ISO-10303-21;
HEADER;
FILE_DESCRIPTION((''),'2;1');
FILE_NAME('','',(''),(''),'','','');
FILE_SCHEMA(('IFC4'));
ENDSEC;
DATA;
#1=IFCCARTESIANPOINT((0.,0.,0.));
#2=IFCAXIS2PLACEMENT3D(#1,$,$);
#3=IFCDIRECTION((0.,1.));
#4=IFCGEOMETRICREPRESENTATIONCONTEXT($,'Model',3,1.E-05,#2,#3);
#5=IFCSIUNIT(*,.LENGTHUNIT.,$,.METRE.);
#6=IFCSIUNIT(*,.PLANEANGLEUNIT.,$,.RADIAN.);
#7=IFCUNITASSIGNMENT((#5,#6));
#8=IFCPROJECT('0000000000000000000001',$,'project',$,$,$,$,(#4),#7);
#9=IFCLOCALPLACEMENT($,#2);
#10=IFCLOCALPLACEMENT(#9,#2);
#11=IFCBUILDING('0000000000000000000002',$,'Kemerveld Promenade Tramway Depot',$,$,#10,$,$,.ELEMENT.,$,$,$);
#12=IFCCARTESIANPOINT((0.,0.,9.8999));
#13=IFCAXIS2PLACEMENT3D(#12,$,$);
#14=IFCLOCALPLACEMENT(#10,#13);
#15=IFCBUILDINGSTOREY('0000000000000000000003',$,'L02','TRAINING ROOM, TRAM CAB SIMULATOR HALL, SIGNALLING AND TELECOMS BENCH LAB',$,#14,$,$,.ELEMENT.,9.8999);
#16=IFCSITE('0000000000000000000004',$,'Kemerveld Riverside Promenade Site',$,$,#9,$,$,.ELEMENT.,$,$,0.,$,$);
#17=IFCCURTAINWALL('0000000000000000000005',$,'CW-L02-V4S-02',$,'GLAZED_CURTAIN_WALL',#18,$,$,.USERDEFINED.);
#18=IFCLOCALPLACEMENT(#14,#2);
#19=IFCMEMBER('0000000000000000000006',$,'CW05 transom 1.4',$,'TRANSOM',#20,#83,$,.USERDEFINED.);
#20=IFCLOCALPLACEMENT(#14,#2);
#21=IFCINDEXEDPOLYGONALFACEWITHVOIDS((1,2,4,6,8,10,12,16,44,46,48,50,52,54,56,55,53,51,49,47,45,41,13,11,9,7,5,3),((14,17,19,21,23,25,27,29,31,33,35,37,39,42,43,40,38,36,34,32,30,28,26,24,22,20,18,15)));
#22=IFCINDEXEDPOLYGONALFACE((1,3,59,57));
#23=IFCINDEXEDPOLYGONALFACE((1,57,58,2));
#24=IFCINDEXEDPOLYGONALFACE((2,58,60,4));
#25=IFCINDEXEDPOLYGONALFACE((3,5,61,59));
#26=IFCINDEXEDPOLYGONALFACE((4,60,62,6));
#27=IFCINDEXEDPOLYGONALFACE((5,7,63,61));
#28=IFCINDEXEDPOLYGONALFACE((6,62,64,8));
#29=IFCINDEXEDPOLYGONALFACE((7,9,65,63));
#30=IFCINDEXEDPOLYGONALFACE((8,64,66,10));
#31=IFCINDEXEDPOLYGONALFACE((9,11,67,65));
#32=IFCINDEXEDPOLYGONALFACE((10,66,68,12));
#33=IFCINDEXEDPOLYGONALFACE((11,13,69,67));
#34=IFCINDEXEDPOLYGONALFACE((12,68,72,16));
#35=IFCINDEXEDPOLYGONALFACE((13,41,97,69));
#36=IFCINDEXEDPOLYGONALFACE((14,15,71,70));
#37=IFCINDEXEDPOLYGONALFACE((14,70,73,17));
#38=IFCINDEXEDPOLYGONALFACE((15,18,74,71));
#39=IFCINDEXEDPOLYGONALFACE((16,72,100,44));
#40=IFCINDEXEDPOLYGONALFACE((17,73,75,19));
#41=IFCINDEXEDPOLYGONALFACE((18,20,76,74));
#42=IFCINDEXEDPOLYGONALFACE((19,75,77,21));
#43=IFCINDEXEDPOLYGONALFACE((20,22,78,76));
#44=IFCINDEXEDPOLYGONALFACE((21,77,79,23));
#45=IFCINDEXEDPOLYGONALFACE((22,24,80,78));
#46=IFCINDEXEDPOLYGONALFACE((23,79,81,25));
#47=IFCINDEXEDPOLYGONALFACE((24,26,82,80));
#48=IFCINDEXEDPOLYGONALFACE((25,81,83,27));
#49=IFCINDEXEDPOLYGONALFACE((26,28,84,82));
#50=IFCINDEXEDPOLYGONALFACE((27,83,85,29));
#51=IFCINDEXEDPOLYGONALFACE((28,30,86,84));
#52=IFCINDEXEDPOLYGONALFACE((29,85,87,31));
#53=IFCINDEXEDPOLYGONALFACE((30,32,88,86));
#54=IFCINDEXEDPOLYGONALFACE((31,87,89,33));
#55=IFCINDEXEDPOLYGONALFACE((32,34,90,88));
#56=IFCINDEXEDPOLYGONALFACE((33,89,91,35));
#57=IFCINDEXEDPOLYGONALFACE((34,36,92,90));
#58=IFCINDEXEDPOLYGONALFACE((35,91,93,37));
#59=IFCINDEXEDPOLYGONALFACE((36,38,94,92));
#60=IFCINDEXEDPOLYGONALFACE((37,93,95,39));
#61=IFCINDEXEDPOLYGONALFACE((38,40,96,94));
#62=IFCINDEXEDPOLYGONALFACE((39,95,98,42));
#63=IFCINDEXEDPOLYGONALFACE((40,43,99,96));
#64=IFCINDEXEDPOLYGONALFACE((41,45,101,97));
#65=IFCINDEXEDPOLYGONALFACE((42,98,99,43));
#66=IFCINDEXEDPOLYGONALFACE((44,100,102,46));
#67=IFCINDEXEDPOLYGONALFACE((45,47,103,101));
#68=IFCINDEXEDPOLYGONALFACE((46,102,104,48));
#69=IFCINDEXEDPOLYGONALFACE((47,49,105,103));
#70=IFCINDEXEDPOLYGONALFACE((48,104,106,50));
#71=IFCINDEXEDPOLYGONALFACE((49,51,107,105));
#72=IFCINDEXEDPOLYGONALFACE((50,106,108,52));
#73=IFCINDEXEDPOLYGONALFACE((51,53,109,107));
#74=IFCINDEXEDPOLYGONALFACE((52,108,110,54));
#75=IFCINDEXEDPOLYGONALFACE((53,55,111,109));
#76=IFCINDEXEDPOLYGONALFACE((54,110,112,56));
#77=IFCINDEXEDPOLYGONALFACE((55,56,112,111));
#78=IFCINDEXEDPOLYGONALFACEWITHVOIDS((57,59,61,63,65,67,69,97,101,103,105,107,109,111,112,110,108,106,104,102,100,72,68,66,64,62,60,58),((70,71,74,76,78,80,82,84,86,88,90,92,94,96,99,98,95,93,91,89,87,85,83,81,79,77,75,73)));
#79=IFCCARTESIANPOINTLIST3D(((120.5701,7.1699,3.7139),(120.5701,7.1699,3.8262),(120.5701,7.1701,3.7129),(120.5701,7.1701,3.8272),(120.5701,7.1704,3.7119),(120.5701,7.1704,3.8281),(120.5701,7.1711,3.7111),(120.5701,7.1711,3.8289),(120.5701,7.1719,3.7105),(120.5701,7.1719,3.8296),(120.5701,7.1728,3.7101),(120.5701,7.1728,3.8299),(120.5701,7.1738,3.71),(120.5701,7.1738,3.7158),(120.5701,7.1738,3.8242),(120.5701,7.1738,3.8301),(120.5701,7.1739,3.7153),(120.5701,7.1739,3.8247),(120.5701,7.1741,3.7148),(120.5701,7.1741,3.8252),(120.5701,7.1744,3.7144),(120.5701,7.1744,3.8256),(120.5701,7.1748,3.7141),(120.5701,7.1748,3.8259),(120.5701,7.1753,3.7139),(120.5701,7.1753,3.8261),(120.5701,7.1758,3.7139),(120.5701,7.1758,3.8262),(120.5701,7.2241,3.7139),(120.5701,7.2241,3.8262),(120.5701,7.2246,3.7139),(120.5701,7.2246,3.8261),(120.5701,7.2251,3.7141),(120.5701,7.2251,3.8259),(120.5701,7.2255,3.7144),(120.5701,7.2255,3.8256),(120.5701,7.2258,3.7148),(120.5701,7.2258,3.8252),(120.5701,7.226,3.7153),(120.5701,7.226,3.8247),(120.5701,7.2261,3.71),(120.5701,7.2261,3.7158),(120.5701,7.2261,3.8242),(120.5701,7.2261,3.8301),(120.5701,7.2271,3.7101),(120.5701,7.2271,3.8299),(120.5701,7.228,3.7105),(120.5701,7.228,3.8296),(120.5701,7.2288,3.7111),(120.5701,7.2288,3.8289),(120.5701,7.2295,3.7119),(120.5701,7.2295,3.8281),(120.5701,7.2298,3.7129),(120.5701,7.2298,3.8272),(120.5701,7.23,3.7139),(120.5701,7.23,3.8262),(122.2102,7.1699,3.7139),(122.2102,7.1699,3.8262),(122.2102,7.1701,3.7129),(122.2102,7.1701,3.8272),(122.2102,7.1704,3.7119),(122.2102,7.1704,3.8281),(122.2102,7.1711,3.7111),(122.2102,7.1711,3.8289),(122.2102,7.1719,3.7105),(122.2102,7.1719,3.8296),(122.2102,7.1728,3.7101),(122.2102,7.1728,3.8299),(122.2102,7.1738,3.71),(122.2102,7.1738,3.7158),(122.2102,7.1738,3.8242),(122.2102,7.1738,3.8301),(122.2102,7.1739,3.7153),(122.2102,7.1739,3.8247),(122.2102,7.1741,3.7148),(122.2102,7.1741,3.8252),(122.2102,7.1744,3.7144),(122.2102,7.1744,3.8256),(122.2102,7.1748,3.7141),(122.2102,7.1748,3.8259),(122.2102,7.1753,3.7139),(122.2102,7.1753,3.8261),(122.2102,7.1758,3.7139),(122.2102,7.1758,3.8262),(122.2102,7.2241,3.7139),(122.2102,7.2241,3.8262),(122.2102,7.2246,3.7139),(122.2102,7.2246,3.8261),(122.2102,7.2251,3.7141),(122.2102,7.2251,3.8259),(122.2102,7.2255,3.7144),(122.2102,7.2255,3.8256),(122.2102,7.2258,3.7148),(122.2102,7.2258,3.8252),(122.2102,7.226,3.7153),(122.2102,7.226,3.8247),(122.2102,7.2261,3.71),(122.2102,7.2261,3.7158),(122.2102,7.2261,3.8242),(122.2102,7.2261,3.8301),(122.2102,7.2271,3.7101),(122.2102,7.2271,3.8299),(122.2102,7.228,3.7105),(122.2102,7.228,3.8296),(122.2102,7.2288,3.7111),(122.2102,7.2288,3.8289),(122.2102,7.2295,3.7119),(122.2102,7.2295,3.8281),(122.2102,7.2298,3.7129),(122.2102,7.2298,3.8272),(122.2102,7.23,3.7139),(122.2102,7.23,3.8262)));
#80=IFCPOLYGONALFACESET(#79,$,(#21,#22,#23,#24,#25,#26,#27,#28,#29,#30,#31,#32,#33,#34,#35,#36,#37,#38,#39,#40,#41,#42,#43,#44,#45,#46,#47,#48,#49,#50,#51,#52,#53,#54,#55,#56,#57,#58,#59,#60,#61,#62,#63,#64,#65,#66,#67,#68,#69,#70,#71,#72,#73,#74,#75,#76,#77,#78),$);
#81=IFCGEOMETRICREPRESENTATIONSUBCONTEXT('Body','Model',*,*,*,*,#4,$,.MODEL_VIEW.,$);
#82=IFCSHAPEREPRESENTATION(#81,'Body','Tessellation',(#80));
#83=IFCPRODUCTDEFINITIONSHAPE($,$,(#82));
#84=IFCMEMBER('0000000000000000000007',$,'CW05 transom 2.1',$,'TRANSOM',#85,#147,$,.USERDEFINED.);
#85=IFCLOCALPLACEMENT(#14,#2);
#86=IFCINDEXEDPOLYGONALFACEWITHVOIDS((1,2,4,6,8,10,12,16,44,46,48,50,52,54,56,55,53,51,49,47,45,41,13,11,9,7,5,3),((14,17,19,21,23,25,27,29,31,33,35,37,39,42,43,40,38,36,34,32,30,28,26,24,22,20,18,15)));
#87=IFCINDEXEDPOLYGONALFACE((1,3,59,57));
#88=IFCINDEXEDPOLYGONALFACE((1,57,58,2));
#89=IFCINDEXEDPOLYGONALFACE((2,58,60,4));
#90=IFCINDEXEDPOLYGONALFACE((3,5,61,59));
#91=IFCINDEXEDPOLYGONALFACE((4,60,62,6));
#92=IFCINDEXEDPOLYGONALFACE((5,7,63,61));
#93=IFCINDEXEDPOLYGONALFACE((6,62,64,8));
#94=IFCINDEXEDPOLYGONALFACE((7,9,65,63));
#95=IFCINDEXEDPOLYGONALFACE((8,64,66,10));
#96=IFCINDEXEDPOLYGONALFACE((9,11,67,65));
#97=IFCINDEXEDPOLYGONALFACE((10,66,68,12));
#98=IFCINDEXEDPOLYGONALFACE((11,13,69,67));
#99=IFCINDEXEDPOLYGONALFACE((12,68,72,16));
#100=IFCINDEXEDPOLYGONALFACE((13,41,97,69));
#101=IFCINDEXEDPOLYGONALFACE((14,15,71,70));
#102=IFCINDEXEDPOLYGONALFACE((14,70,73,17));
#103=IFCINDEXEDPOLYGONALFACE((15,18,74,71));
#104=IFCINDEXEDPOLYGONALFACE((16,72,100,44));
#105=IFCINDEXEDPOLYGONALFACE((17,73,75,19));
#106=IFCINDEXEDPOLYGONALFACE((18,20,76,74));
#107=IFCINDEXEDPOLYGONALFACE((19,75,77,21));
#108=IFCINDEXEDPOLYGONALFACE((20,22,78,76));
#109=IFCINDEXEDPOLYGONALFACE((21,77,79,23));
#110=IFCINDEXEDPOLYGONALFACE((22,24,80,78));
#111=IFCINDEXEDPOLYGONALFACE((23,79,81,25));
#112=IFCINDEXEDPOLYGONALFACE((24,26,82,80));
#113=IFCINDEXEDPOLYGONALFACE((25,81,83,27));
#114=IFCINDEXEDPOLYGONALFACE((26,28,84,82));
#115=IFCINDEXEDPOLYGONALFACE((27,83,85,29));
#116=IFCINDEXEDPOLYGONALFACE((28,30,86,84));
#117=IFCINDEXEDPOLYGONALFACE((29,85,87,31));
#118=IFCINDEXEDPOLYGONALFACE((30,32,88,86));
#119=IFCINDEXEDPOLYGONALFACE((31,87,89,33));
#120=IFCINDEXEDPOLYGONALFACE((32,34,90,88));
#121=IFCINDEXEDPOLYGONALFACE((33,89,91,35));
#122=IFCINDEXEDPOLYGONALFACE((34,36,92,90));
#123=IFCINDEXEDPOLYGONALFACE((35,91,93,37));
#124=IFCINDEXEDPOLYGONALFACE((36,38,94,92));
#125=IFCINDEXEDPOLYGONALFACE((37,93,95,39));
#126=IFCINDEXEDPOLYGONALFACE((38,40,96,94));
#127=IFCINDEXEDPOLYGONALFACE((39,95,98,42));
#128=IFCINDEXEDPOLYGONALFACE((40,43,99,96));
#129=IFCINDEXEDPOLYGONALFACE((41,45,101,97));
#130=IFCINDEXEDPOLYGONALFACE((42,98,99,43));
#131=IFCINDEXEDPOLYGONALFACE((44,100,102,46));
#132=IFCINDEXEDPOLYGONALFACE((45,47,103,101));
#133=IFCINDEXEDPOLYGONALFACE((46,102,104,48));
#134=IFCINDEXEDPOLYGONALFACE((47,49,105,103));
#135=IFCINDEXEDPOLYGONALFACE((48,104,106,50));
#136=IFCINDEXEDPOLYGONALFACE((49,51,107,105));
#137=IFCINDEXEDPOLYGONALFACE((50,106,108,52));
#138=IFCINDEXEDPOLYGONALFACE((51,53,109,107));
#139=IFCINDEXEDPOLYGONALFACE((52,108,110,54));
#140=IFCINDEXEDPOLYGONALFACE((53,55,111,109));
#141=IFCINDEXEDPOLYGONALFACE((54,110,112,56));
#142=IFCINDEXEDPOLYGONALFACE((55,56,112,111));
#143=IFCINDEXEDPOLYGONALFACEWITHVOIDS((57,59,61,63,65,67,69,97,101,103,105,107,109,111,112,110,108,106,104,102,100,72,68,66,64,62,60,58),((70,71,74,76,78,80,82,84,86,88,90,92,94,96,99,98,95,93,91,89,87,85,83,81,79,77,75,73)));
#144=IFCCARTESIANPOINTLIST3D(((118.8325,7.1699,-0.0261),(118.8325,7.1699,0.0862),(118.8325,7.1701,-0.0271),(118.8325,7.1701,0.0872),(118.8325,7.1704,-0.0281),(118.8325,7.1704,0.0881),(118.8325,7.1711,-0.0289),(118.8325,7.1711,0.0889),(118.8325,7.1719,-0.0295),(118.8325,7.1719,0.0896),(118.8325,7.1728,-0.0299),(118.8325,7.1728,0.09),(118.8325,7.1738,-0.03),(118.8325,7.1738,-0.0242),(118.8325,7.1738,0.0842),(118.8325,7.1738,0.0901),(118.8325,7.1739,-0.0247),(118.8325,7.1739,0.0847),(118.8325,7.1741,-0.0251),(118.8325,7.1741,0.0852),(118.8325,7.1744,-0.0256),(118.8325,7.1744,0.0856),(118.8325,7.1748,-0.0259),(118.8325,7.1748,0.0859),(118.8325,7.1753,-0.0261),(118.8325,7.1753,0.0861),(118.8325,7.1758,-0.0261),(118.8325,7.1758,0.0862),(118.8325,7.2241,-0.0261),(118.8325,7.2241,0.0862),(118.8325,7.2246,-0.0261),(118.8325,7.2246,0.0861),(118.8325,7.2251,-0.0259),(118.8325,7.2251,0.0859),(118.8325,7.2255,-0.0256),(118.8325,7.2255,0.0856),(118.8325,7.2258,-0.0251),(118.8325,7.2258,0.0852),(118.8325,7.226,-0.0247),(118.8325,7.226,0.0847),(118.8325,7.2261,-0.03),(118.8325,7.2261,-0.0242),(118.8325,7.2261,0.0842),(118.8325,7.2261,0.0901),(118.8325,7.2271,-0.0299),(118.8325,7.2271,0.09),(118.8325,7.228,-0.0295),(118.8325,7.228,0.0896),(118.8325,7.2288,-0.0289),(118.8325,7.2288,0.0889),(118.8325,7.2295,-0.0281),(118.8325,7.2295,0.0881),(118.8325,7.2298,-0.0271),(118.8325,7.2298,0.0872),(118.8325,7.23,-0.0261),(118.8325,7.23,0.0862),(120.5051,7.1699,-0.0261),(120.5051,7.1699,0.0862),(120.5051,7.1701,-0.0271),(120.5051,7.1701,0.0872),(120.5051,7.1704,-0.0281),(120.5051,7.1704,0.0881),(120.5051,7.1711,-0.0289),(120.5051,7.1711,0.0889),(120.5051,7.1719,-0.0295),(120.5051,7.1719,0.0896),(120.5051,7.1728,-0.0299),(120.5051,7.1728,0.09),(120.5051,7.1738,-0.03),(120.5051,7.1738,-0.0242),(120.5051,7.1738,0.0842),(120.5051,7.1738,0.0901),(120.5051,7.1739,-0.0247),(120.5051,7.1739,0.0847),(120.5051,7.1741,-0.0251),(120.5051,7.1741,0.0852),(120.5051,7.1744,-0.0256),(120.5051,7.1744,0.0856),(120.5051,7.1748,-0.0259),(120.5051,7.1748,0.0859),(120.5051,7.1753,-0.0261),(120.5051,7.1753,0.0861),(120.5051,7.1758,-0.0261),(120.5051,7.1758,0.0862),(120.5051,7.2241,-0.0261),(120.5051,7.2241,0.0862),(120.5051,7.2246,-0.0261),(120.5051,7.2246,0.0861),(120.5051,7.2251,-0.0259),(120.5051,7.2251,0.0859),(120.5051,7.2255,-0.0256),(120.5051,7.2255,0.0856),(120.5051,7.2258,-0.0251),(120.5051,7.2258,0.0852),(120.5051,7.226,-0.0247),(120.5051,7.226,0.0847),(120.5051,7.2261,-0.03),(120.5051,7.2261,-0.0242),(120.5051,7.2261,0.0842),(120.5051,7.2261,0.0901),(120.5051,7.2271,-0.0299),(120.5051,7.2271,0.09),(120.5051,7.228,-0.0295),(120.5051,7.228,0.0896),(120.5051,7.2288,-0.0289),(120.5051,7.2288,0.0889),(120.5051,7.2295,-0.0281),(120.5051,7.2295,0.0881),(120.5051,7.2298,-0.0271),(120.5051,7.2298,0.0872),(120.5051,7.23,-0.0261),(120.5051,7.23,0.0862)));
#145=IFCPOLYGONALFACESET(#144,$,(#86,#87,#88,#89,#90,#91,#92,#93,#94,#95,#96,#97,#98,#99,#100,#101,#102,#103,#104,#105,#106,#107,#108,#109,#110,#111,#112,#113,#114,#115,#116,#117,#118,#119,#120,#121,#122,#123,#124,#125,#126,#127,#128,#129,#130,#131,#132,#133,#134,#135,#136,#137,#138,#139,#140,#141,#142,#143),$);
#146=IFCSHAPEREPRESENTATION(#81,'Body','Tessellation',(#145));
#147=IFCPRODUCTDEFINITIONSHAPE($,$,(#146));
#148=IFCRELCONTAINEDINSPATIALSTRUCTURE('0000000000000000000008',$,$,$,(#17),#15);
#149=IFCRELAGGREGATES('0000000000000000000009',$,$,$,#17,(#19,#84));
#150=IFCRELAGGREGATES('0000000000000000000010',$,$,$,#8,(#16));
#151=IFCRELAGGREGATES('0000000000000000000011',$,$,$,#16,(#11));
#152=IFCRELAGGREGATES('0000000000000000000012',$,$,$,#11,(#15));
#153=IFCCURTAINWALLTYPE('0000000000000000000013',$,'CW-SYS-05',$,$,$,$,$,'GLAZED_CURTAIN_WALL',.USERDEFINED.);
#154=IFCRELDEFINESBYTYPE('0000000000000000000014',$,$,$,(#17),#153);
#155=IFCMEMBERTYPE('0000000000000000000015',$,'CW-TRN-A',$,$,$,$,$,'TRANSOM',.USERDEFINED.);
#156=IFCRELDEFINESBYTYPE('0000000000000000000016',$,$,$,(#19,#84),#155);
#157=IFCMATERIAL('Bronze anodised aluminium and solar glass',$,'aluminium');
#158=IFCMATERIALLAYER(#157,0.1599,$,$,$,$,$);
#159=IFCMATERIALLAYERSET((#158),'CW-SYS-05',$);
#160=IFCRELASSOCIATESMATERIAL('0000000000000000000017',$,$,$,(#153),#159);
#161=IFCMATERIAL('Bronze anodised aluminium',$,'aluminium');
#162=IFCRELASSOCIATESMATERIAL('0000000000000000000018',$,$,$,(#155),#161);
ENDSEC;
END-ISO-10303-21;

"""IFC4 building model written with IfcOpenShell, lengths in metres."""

from ifc_helpers import new_model, si_unit, direction, frame, origin, origin_2d, place, context, subcontext, project, spatial, hollow_rectangle, extrude, material, layer, layer_set, material_profile, profile_set, type_object, element, aggregate, save


model = new_model("IFC4")

# Units and contexts
model_context = context("Model", 3, precision=1e-05, world=origin(), true_north=direction((0.0, 1.0)))
body_context = subcontext(model_context, "Body", "Model", "MODEL_VIEW")
ifc_project = project(units=[si_unit("LENGTHUNIT", "METRE"), si_unit("PLANEANGLEUNIT", "RADIAN")], contexts=[model_context])

# Site, building, storey
site_placement = place(None, origin())
site = spatial("IfcSite", under=ifc_project, at=site_placement, Name="Kemerveld Riverside Promenade Site", CompositionType="ELEMENT", RefElevation=0.0)
building_placement = place(site_placement, origin())
building = spatial("IfcBuilding", under=site, at=building_placement, Name="Kemerveld Promenade Tramway Depot", CompositionType="ELEMENT")
storey_placement = place(building_placement, frame((0.0, 0.0, 9.8999)))
storey = spatial("IfcBuildingStorey", under=building, at=storey_placement, Name="L02", Description="TRAINING ROOM, TRAM CAB SIMULATOR HALL, SIGNALLING AND TELECOMS BENCH LAB", CompositionType="ELEMENT", Elevation=9.8999)

# Curtain wall, members
ifc_material_1 = material(Name="Bronze anodised aluminium and solar glass", Category="aluminium")
ifc_layer_1 = layer(ifc_material_1, 0.1599)
ifc_layer_set_1 = layer_set([ifc_layer_1], Name="CW-SYS-05")
curtain_wall_type = type_object("IfcCurtainWallType", Name="CW-SYS-05", ElementType="GLAZED_CURTAIN_WALL", PredefinedType="USERDEFINED", material=ifc_layer_set_1)
curtain_wall_placement = place(storey_placement, origin())
curtain_wall = element("IfcCurtainWall", 1, at=curtain_wall_placement, inside=storey, type_object=curtain_wall_type, Name="CW-L02-V4S-02", ObjectType="GLAZED_CURTAIN_WALL", PredefinedType="USERDEFINED")
ifc_material_2 = material(Name="Bronze anodised aluminium", Category="aluminium")
ifc_material_profile_1 = material_profile(ifc_material_2, hollow_rectangle(XDim=0.0601, YDim=0.1201, WallThickness=0.0039, InnerFilletRadius=0.002, OuterFilletRadius=0.0039, at=origin_2d()), Name="CW-TRN-120x60")
ifc_profile_set_1 = profile_set([ifc_material_profile_1], Name="Bronze anodised aluminium")
member_type_1 = type_object("IfcMemberType", Name="CW-TRN-A", ElementType="TRANSOM", PredefinedType="USERDEFINED", material=ifc_profile_set_1)
member_1_placement = place(storey_placement, frame((122.2102, 7.2, 3.77), z_axis=(-1.0, 0.0, 0.0), x_axis=(0.0, -1.0, 0.0)))
member_1 = element("IfcMember", 2, at=member_1_placement, type_object=member_type_1, Name="CW05 transom 1.4", ObjectType="TRANSOM", PredefinedType="USERDEFINED", context=body_context, shape_type="SweptSolid", body=[
    extrude(hollow_rectangle(XDim=0.0601, YDim=0.1201, WallThickness=0.0039, InnerFilletRadius=0.002, OuterFilletRadius=0.0039, at=origin_2d()), origin(), (0.0, 0.0, 1.0), 1.6401),
])
member_2_placement = place(storey_placement, frame((120.5051, 7.2, 0.03), z_axis=(-1.0, 0.0, 0.0), x_axis=(0.0, -1.0, 0.0)))
member_2 = element("IfcMember", 3, at=member_2_placement, type_object=member_type_1, Name="CW05 transom 2.1", ObjectType="TRANSOM", PredefinedType="USERDEFINED", context=body_context, shape_type="SweptSolid", body=[
    extrude(hollow_rectangle(XDim=0.0601, YDim=0.1201, WallThickness=0.0039, InnerFilletRadius=0.002, OuterFilletRadius=0.0039, at=origin_2d()), origin(), (0.0, 0.0, 1.0), 1.6726),
])
aggregate(curtain_wall, [member_1, member_2])

save(model, "model.ifc")
